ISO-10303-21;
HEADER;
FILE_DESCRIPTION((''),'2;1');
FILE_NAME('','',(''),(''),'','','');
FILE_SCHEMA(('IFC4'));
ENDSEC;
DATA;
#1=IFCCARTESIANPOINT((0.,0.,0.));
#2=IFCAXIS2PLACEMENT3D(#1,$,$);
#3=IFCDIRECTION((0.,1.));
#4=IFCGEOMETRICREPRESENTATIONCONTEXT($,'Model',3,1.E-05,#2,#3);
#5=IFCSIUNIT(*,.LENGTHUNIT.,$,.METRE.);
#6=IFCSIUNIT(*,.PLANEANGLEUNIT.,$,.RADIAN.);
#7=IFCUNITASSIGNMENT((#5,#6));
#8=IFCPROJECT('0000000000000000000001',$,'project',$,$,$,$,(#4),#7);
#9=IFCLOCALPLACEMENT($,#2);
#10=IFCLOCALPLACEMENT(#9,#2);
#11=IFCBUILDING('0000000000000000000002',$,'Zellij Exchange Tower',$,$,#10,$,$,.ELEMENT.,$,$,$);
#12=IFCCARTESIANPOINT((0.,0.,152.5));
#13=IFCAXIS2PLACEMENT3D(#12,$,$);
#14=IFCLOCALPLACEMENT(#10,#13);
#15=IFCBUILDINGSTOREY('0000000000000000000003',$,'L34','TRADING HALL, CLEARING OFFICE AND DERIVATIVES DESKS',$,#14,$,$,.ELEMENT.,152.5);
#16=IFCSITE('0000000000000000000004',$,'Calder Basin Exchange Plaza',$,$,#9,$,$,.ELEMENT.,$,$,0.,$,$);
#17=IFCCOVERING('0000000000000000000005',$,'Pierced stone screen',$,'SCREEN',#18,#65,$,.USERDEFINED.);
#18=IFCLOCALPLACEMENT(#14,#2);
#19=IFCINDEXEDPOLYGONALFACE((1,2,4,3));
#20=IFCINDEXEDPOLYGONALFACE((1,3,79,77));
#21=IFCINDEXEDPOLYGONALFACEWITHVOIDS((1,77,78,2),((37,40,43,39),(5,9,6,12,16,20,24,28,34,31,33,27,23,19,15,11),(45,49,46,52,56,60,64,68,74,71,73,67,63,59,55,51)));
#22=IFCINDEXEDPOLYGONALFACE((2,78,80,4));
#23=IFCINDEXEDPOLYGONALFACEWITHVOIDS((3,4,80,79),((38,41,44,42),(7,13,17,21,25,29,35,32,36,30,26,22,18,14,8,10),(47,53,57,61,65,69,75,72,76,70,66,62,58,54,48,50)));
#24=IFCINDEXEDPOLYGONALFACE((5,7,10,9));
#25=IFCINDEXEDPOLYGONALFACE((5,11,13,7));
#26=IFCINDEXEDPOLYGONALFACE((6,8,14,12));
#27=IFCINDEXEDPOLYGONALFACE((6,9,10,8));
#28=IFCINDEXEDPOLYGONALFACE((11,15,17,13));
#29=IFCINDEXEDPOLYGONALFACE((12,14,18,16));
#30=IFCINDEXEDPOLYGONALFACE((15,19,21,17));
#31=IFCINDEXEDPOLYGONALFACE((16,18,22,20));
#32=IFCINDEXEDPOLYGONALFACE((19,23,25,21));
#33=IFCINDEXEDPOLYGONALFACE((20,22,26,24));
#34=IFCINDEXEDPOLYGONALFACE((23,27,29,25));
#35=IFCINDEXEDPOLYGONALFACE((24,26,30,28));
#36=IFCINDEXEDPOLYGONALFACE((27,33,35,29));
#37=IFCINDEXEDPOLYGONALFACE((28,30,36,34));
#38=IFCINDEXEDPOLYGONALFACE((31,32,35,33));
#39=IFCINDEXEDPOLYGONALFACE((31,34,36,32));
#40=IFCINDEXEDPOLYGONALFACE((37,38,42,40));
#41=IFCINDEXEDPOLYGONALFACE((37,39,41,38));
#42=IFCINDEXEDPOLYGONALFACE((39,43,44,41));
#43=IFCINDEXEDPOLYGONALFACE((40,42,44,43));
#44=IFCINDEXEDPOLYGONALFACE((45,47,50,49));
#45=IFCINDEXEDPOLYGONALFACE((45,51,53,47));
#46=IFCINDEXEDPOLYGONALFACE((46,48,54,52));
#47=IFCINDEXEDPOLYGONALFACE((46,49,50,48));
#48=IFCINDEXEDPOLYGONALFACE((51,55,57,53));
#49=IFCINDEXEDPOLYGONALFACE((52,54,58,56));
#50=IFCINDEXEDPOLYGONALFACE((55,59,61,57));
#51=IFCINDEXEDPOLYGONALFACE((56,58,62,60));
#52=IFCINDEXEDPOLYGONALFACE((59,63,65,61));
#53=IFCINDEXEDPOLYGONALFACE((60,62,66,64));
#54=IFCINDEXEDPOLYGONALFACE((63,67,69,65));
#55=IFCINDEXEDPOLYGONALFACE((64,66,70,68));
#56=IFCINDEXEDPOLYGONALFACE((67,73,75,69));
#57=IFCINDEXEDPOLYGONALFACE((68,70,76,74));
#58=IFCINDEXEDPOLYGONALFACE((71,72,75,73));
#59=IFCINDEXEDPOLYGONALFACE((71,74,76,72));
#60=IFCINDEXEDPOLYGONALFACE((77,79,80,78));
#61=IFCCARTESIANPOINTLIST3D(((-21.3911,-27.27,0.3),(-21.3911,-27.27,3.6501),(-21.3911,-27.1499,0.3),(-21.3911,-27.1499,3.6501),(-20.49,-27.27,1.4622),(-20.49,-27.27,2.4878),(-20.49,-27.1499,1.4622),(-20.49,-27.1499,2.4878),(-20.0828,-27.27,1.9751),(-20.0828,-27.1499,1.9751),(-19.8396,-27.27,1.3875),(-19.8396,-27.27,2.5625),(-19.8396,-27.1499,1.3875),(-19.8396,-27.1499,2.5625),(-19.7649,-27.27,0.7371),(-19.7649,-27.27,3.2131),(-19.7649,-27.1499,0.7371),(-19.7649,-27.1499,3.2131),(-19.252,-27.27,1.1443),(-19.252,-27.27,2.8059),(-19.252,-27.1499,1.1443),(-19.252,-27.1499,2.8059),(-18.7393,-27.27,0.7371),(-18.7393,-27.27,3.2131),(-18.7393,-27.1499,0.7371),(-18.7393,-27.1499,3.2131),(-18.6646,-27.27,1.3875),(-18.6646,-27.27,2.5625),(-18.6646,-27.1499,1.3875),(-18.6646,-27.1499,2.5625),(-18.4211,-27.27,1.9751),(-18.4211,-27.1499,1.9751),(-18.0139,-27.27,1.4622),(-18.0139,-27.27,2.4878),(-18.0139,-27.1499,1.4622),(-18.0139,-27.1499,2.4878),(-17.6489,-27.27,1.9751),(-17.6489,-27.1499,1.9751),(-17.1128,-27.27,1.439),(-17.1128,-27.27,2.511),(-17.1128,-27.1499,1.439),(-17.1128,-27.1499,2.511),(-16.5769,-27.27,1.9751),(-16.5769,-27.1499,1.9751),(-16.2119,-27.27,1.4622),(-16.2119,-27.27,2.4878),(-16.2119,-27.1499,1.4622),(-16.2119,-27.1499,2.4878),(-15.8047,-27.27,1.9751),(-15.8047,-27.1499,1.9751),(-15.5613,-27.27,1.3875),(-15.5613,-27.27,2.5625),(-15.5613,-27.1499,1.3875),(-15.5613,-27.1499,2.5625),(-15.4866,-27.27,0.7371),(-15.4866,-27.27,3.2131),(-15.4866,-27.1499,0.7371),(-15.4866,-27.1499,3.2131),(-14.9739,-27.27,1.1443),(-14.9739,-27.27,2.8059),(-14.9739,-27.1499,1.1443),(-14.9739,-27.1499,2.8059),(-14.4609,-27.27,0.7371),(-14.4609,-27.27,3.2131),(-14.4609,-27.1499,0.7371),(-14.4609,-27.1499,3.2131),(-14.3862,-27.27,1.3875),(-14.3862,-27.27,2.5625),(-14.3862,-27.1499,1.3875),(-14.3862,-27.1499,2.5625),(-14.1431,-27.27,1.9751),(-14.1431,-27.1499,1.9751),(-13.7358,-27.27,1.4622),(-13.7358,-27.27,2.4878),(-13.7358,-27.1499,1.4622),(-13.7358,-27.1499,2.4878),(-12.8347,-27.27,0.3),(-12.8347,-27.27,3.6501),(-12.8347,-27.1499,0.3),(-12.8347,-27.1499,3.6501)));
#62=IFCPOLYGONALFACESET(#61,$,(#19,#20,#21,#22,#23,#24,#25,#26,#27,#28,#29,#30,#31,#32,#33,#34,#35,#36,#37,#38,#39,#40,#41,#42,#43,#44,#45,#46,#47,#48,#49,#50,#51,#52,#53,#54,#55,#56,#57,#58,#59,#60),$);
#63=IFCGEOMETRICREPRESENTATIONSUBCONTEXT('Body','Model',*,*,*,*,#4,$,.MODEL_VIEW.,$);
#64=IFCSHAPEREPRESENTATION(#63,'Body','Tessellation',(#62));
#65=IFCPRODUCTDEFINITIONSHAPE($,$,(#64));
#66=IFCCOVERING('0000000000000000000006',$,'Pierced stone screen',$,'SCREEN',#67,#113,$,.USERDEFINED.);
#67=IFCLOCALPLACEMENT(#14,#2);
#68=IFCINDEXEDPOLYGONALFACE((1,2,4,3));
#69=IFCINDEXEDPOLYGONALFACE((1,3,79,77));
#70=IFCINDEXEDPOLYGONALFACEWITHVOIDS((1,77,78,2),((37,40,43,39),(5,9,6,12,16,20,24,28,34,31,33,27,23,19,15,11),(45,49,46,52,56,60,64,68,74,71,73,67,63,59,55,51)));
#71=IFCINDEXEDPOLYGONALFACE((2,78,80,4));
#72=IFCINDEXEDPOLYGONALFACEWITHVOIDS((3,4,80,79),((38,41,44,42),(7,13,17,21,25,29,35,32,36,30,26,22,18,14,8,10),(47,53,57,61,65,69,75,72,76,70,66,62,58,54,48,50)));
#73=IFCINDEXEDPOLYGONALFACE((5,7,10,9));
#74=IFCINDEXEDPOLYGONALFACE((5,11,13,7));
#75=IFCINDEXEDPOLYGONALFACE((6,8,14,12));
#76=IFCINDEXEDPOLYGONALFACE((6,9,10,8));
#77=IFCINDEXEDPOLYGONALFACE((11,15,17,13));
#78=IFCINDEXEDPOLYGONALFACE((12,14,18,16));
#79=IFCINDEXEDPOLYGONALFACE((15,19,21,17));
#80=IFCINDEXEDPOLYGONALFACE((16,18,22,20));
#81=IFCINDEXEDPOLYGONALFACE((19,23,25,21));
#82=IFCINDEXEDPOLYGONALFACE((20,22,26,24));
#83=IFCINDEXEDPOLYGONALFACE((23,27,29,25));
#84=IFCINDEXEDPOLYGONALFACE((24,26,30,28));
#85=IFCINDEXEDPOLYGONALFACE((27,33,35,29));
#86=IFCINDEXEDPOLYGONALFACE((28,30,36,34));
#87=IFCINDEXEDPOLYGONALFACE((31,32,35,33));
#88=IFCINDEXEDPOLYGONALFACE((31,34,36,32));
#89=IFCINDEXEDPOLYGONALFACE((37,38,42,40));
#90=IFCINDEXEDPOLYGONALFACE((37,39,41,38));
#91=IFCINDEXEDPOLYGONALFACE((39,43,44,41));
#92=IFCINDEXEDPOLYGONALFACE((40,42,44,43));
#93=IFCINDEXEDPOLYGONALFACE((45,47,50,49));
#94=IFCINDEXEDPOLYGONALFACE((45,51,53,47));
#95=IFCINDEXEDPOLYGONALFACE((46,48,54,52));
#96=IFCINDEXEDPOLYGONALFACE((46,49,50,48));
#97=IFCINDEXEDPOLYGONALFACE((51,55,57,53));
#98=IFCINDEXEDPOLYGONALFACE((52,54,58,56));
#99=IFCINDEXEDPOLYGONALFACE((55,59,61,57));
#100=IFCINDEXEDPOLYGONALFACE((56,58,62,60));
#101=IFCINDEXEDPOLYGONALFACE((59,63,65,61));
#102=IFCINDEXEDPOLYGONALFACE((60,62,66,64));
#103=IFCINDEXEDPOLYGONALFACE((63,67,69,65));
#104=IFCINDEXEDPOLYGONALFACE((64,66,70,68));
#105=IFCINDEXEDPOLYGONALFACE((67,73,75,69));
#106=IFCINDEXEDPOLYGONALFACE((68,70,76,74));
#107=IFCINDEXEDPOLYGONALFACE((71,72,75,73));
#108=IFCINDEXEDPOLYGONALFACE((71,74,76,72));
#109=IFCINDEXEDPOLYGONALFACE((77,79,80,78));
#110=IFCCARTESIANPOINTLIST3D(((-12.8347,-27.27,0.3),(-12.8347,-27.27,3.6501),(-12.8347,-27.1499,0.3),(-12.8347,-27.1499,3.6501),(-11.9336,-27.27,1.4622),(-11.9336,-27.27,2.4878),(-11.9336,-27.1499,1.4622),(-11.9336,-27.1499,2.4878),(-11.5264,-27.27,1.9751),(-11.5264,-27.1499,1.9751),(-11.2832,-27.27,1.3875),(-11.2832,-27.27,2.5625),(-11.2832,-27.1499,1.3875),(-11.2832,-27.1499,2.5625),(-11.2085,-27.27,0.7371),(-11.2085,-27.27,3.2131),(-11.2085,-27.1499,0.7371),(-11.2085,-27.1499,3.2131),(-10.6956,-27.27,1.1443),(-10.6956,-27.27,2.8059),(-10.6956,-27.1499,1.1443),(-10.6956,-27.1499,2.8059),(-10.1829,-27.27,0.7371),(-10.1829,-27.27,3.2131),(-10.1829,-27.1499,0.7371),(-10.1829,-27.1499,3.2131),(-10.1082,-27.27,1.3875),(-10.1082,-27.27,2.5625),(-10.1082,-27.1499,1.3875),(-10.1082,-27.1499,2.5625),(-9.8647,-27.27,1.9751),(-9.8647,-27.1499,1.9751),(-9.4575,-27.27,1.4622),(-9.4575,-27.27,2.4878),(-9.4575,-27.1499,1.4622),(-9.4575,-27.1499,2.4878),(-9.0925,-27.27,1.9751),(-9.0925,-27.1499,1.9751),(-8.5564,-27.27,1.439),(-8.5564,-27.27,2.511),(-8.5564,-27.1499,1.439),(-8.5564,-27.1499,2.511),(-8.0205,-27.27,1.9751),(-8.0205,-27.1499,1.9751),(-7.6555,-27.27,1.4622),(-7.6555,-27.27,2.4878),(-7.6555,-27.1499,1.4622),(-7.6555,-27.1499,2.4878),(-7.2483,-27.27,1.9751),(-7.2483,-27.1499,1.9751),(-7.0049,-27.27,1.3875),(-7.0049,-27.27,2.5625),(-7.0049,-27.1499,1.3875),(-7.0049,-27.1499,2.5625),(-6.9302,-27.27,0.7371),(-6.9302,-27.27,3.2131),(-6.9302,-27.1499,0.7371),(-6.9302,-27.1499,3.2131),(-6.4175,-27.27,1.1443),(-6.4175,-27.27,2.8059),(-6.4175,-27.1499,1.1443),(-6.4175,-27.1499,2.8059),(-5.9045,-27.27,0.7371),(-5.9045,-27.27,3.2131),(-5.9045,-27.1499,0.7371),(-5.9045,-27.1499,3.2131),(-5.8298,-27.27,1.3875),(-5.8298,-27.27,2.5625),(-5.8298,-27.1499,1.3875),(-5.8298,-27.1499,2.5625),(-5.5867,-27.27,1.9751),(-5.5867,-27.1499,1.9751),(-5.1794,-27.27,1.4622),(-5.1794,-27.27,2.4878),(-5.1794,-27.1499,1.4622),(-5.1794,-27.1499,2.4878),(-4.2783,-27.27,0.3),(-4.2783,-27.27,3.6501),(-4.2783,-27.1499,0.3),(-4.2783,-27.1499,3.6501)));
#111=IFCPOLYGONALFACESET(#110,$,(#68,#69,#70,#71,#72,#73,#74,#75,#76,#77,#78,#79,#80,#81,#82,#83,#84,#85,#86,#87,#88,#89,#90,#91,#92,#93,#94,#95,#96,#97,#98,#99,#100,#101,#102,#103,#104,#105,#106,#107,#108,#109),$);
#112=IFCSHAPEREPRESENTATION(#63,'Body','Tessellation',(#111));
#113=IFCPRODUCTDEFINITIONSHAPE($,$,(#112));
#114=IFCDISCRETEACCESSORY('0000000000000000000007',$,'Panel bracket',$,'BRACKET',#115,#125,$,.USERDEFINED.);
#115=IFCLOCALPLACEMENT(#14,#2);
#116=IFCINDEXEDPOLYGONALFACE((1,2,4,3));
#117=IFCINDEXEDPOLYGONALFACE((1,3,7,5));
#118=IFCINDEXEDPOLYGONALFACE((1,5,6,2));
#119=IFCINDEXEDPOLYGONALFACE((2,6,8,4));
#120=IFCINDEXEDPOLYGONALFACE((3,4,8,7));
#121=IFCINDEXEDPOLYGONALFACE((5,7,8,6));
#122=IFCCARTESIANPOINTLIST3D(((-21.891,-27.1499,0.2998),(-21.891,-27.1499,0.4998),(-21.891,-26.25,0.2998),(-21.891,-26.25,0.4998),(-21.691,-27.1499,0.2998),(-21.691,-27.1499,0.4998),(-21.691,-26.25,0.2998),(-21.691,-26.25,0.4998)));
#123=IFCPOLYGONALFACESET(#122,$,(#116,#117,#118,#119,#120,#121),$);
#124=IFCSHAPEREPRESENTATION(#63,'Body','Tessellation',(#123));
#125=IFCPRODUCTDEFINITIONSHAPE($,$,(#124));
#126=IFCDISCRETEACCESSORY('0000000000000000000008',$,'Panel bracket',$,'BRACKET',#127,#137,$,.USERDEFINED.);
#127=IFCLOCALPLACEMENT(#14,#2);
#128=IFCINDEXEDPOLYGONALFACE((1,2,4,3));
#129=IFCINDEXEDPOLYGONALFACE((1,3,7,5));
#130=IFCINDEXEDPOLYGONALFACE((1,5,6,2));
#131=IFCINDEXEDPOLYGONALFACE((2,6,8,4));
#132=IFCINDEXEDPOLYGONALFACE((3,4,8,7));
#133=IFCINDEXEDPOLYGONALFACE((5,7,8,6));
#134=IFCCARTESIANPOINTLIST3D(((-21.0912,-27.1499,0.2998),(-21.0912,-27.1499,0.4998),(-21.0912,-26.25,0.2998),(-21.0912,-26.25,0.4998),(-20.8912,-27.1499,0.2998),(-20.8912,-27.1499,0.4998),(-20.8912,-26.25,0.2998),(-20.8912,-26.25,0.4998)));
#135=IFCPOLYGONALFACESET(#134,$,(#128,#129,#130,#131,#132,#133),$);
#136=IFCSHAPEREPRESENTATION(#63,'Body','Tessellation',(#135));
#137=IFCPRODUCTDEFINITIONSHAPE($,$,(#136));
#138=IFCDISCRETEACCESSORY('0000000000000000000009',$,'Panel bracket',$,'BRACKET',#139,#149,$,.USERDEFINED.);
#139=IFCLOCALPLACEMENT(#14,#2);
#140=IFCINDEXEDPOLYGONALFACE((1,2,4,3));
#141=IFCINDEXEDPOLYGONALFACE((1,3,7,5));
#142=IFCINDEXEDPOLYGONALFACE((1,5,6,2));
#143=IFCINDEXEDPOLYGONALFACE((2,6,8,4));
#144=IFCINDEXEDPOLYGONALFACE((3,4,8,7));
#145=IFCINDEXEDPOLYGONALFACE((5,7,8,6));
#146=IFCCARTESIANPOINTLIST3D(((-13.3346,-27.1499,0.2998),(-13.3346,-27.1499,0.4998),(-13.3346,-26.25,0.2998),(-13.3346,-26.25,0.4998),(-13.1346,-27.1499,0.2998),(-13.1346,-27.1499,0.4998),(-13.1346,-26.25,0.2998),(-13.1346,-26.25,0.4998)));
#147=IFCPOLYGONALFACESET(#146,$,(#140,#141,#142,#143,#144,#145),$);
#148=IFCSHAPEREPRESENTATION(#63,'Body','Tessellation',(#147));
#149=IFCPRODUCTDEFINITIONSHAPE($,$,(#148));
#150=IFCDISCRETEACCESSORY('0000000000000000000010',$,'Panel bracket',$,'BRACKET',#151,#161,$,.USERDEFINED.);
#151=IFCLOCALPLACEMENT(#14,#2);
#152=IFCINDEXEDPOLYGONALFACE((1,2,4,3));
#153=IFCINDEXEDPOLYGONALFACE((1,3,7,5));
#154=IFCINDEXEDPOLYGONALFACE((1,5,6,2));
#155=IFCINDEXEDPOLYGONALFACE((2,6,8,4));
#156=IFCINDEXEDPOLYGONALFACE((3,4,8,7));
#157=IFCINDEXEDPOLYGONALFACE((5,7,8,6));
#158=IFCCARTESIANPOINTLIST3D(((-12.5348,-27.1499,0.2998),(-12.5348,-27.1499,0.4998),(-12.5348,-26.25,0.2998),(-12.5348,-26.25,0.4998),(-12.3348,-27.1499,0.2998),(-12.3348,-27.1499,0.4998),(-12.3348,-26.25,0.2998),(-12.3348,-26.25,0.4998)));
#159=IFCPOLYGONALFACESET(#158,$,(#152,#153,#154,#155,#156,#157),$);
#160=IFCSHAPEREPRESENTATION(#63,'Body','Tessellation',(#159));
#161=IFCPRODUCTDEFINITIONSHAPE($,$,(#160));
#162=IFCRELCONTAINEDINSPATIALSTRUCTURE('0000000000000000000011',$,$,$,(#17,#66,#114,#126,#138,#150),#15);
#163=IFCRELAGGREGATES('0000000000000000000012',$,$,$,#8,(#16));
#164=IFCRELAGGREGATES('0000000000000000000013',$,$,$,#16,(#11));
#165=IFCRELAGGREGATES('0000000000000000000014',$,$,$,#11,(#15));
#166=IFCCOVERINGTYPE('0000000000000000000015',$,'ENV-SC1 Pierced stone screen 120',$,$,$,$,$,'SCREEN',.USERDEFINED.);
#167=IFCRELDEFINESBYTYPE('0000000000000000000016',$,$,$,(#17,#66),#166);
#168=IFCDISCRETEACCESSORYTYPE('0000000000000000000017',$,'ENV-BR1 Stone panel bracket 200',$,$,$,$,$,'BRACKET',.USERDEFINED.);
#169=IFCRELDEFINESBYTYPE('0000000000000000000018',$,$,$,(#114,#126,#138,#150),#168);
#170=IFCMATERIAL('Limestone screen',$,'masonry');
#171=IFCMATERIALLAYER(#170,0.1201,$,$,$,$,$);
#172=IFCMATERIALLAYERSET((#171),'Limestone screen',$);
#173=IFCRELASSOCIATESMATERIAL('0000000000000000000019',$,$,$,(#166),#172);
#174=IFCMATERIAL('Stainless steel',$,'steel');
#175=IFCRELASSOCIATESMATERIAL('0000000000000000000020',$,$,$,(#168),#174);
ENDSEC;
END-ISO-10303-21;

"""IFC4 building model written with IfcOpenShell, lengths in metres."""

from ifc_helpers import new_model, si_unit, direction, frame, origin, origin_2d, place, context, subcontext, project, spatial, polyline, rectangle, outline, extrude, material, layer, layer_set, type_object, element, save


model = new_model("IFC4")

# Units and contexts
model_context = context("Model", 3, precision=1e-05, world=origin(), true_north=direction((0.0, 1.0)))
body_context = subcontext(model_context, "Body", "Model", "MODEL_VIEW")
ifc_project = project(units=[si_unit("LENGTHUNIT", "METRE"), si_unit("PLANEANGLEUNIT", "RADIAN")], contexts=[model_context])

# Site, building, storey
site_placement = place(None, origin())
site = spatial("IfcSite", under=ifc_project, at=site_placement, Name="Calder Basin Exchange Plaza", CompositionType="ELEMENT", RefElevation=0.0)
building_placement = place(site_placement, origin())
building = spatial("IfcBuilding", under=site, at=building_placement, Name="Zellij Exchange Tower", CompositionType="ELEMENT")
storey_placement = place(building_placement, frame((0.0, 0.0, 152.5)))
storey = spatial("IfcBuildingStorey", under=building, at=storey_placement, Name="L34", Description="TRADING HALL, CLEARING OFFICE AND DERIVATIVES DESKS", CompositionType="ELEMENT", Elevation=152.5)

# Shared definitions
ifc_material_1 = material(Name="Stainless steel", Category="steel")

# Coverings
ifc_material_2 = material(Name="Limestone screen", Category="masonry")
ifc_layer_1 = layer(ifc_material_2, 0.1201)
ifc_layer_set_1 = layer_set([ifc_layer_1], Name="Limestone screen")
covering_type = type_object("IfcCoveringType", Name="ENV-SC1 Pierced stone screen 120", ElementType="SCREEN", PredefinedType="USERDEFINED", material=ifc_layer_set_1)
for number, where, z_axis, x_axis, name in (
    (1, (-21.3911, -27.21, 0.3), (0.0, 0.0, 1.0), (1.0, 0.0, 0.0), "Pierced stone screen"),
    (2, (-12.8347, -27.21, 0.3), (0.0, 0.0, 1.0), (1.0, 0.0, 0.0), "Pierced stone screen"),
):
    element("IfcCovering", number, at=place(storey_placement, frame(where, z_axis=z_axis, x_axis=x_axis)), inside=storey, type_object=covering_type, Name=name, ObjectType="SCREEN", PredefinedType="USERDEFINED", context=body_context, shape_type="SweptSolid", body=[
        extrude(outline(polyline([(0.0, 0.0), (8.5564, 0.0), (8.5564, 3.3501), (0.0, 3.3501), (0.0, 0.0)]), holes=[polyline([(3.3772, 2.1877), (2.7266, 2.2625), (2.6519, 2.9131), (2.1392, 2.5059), (1.6262, 2.9131), (1.5515, 2.2625), (0.9011, 2.1877), (1.3083, 1.675), (0.9011, 1.1621), (1.5515, 1.0874), (1.6262, 0.437), (2.1392, 0.8442), (2.6519, 0.437), (2.7266, 1.0874), (3.3772, 1.1621), (2.97, 1.675), (3.3772, 2.1877)]), polyline([(7.6553, 2.1877), (7.0049, 2.2625), (6.9302, 2.9131), (6.4172, 2.5059), (5.9045, 2.9131), (5.8298, 2.2625), (5.1792, 2.1877), (5.5864, 1.675), (5.1792, 1.1621), (5.8298, 1.0874), (5.9045, 0.437), (6.4172, 0.8442), (6.9302, 0.437), (7.0049, 1.0874), (7.6553, 1.1621), (7.248, 1.675), (7.6553, 2.1877)]), polyline([(4.8142, 1.675), (4.2783, 2.2109), (3.7422, 1.675), (4.2783, 1.1389), (4.8142, 1.675)])]), frame((0.0, 0.0601, 0.0), z_axis=(0.0, -1.0, 0.0), x_axis=(1.0, 0.0, 0.0)), (0.0, 0.0, 1.0), 0.1201),
    ])

# Discrete accessories
discrete_accessory_type = type_object("IfcDiscreteAccessoryType", Name="ENV-BR1 Stone panel bracket 200", ElementType="BRACKET", PredefinedType="USERDEFINED", material=ifc_material_1)
for number, where, z_axis, x_axis, name in (
    (3, (-21.791, -26.7, 0.2998), (0.0, 0.0, 1.0), (1.0, 0.0, 0.0), "Panel bracket"),
    (4, (-20.9912, -26.7, 0.2998), (0.0, 0.0, 1.0), (1.0, 0.0, 0.0), "Panel bracket"),
    (5, (-13.2346, -26.7, 0.2998), (0.0, 0.0, 1.0), (1.0, 0.0, 0.0), "Panel bracket"),
    (6, (-12.4348, -26.7, 0.2998), (0.0, 0.0, 1.0), (1.0, 0.0, 0.0), "Panel bracket"),
):
    element("IfcDiscreteAccessory", number, at=place(storey_placement, frame(where, z_axis=z_axis, x_axis=x_axis)), inside=storey, type_object=discrete_accessory_type, Name=name, ObjectType="BRACKET", PredefinedType="USERDEFINED", context=body_context, shape_type="SweptSolid", body=[
        extrude(rectangle(XDim=0.2, YDim=0.8999, at=origin_2d()), origin(), (0.0, 0.0, 1.0), 0.2),
    ])

save(model, "model.ifc")
